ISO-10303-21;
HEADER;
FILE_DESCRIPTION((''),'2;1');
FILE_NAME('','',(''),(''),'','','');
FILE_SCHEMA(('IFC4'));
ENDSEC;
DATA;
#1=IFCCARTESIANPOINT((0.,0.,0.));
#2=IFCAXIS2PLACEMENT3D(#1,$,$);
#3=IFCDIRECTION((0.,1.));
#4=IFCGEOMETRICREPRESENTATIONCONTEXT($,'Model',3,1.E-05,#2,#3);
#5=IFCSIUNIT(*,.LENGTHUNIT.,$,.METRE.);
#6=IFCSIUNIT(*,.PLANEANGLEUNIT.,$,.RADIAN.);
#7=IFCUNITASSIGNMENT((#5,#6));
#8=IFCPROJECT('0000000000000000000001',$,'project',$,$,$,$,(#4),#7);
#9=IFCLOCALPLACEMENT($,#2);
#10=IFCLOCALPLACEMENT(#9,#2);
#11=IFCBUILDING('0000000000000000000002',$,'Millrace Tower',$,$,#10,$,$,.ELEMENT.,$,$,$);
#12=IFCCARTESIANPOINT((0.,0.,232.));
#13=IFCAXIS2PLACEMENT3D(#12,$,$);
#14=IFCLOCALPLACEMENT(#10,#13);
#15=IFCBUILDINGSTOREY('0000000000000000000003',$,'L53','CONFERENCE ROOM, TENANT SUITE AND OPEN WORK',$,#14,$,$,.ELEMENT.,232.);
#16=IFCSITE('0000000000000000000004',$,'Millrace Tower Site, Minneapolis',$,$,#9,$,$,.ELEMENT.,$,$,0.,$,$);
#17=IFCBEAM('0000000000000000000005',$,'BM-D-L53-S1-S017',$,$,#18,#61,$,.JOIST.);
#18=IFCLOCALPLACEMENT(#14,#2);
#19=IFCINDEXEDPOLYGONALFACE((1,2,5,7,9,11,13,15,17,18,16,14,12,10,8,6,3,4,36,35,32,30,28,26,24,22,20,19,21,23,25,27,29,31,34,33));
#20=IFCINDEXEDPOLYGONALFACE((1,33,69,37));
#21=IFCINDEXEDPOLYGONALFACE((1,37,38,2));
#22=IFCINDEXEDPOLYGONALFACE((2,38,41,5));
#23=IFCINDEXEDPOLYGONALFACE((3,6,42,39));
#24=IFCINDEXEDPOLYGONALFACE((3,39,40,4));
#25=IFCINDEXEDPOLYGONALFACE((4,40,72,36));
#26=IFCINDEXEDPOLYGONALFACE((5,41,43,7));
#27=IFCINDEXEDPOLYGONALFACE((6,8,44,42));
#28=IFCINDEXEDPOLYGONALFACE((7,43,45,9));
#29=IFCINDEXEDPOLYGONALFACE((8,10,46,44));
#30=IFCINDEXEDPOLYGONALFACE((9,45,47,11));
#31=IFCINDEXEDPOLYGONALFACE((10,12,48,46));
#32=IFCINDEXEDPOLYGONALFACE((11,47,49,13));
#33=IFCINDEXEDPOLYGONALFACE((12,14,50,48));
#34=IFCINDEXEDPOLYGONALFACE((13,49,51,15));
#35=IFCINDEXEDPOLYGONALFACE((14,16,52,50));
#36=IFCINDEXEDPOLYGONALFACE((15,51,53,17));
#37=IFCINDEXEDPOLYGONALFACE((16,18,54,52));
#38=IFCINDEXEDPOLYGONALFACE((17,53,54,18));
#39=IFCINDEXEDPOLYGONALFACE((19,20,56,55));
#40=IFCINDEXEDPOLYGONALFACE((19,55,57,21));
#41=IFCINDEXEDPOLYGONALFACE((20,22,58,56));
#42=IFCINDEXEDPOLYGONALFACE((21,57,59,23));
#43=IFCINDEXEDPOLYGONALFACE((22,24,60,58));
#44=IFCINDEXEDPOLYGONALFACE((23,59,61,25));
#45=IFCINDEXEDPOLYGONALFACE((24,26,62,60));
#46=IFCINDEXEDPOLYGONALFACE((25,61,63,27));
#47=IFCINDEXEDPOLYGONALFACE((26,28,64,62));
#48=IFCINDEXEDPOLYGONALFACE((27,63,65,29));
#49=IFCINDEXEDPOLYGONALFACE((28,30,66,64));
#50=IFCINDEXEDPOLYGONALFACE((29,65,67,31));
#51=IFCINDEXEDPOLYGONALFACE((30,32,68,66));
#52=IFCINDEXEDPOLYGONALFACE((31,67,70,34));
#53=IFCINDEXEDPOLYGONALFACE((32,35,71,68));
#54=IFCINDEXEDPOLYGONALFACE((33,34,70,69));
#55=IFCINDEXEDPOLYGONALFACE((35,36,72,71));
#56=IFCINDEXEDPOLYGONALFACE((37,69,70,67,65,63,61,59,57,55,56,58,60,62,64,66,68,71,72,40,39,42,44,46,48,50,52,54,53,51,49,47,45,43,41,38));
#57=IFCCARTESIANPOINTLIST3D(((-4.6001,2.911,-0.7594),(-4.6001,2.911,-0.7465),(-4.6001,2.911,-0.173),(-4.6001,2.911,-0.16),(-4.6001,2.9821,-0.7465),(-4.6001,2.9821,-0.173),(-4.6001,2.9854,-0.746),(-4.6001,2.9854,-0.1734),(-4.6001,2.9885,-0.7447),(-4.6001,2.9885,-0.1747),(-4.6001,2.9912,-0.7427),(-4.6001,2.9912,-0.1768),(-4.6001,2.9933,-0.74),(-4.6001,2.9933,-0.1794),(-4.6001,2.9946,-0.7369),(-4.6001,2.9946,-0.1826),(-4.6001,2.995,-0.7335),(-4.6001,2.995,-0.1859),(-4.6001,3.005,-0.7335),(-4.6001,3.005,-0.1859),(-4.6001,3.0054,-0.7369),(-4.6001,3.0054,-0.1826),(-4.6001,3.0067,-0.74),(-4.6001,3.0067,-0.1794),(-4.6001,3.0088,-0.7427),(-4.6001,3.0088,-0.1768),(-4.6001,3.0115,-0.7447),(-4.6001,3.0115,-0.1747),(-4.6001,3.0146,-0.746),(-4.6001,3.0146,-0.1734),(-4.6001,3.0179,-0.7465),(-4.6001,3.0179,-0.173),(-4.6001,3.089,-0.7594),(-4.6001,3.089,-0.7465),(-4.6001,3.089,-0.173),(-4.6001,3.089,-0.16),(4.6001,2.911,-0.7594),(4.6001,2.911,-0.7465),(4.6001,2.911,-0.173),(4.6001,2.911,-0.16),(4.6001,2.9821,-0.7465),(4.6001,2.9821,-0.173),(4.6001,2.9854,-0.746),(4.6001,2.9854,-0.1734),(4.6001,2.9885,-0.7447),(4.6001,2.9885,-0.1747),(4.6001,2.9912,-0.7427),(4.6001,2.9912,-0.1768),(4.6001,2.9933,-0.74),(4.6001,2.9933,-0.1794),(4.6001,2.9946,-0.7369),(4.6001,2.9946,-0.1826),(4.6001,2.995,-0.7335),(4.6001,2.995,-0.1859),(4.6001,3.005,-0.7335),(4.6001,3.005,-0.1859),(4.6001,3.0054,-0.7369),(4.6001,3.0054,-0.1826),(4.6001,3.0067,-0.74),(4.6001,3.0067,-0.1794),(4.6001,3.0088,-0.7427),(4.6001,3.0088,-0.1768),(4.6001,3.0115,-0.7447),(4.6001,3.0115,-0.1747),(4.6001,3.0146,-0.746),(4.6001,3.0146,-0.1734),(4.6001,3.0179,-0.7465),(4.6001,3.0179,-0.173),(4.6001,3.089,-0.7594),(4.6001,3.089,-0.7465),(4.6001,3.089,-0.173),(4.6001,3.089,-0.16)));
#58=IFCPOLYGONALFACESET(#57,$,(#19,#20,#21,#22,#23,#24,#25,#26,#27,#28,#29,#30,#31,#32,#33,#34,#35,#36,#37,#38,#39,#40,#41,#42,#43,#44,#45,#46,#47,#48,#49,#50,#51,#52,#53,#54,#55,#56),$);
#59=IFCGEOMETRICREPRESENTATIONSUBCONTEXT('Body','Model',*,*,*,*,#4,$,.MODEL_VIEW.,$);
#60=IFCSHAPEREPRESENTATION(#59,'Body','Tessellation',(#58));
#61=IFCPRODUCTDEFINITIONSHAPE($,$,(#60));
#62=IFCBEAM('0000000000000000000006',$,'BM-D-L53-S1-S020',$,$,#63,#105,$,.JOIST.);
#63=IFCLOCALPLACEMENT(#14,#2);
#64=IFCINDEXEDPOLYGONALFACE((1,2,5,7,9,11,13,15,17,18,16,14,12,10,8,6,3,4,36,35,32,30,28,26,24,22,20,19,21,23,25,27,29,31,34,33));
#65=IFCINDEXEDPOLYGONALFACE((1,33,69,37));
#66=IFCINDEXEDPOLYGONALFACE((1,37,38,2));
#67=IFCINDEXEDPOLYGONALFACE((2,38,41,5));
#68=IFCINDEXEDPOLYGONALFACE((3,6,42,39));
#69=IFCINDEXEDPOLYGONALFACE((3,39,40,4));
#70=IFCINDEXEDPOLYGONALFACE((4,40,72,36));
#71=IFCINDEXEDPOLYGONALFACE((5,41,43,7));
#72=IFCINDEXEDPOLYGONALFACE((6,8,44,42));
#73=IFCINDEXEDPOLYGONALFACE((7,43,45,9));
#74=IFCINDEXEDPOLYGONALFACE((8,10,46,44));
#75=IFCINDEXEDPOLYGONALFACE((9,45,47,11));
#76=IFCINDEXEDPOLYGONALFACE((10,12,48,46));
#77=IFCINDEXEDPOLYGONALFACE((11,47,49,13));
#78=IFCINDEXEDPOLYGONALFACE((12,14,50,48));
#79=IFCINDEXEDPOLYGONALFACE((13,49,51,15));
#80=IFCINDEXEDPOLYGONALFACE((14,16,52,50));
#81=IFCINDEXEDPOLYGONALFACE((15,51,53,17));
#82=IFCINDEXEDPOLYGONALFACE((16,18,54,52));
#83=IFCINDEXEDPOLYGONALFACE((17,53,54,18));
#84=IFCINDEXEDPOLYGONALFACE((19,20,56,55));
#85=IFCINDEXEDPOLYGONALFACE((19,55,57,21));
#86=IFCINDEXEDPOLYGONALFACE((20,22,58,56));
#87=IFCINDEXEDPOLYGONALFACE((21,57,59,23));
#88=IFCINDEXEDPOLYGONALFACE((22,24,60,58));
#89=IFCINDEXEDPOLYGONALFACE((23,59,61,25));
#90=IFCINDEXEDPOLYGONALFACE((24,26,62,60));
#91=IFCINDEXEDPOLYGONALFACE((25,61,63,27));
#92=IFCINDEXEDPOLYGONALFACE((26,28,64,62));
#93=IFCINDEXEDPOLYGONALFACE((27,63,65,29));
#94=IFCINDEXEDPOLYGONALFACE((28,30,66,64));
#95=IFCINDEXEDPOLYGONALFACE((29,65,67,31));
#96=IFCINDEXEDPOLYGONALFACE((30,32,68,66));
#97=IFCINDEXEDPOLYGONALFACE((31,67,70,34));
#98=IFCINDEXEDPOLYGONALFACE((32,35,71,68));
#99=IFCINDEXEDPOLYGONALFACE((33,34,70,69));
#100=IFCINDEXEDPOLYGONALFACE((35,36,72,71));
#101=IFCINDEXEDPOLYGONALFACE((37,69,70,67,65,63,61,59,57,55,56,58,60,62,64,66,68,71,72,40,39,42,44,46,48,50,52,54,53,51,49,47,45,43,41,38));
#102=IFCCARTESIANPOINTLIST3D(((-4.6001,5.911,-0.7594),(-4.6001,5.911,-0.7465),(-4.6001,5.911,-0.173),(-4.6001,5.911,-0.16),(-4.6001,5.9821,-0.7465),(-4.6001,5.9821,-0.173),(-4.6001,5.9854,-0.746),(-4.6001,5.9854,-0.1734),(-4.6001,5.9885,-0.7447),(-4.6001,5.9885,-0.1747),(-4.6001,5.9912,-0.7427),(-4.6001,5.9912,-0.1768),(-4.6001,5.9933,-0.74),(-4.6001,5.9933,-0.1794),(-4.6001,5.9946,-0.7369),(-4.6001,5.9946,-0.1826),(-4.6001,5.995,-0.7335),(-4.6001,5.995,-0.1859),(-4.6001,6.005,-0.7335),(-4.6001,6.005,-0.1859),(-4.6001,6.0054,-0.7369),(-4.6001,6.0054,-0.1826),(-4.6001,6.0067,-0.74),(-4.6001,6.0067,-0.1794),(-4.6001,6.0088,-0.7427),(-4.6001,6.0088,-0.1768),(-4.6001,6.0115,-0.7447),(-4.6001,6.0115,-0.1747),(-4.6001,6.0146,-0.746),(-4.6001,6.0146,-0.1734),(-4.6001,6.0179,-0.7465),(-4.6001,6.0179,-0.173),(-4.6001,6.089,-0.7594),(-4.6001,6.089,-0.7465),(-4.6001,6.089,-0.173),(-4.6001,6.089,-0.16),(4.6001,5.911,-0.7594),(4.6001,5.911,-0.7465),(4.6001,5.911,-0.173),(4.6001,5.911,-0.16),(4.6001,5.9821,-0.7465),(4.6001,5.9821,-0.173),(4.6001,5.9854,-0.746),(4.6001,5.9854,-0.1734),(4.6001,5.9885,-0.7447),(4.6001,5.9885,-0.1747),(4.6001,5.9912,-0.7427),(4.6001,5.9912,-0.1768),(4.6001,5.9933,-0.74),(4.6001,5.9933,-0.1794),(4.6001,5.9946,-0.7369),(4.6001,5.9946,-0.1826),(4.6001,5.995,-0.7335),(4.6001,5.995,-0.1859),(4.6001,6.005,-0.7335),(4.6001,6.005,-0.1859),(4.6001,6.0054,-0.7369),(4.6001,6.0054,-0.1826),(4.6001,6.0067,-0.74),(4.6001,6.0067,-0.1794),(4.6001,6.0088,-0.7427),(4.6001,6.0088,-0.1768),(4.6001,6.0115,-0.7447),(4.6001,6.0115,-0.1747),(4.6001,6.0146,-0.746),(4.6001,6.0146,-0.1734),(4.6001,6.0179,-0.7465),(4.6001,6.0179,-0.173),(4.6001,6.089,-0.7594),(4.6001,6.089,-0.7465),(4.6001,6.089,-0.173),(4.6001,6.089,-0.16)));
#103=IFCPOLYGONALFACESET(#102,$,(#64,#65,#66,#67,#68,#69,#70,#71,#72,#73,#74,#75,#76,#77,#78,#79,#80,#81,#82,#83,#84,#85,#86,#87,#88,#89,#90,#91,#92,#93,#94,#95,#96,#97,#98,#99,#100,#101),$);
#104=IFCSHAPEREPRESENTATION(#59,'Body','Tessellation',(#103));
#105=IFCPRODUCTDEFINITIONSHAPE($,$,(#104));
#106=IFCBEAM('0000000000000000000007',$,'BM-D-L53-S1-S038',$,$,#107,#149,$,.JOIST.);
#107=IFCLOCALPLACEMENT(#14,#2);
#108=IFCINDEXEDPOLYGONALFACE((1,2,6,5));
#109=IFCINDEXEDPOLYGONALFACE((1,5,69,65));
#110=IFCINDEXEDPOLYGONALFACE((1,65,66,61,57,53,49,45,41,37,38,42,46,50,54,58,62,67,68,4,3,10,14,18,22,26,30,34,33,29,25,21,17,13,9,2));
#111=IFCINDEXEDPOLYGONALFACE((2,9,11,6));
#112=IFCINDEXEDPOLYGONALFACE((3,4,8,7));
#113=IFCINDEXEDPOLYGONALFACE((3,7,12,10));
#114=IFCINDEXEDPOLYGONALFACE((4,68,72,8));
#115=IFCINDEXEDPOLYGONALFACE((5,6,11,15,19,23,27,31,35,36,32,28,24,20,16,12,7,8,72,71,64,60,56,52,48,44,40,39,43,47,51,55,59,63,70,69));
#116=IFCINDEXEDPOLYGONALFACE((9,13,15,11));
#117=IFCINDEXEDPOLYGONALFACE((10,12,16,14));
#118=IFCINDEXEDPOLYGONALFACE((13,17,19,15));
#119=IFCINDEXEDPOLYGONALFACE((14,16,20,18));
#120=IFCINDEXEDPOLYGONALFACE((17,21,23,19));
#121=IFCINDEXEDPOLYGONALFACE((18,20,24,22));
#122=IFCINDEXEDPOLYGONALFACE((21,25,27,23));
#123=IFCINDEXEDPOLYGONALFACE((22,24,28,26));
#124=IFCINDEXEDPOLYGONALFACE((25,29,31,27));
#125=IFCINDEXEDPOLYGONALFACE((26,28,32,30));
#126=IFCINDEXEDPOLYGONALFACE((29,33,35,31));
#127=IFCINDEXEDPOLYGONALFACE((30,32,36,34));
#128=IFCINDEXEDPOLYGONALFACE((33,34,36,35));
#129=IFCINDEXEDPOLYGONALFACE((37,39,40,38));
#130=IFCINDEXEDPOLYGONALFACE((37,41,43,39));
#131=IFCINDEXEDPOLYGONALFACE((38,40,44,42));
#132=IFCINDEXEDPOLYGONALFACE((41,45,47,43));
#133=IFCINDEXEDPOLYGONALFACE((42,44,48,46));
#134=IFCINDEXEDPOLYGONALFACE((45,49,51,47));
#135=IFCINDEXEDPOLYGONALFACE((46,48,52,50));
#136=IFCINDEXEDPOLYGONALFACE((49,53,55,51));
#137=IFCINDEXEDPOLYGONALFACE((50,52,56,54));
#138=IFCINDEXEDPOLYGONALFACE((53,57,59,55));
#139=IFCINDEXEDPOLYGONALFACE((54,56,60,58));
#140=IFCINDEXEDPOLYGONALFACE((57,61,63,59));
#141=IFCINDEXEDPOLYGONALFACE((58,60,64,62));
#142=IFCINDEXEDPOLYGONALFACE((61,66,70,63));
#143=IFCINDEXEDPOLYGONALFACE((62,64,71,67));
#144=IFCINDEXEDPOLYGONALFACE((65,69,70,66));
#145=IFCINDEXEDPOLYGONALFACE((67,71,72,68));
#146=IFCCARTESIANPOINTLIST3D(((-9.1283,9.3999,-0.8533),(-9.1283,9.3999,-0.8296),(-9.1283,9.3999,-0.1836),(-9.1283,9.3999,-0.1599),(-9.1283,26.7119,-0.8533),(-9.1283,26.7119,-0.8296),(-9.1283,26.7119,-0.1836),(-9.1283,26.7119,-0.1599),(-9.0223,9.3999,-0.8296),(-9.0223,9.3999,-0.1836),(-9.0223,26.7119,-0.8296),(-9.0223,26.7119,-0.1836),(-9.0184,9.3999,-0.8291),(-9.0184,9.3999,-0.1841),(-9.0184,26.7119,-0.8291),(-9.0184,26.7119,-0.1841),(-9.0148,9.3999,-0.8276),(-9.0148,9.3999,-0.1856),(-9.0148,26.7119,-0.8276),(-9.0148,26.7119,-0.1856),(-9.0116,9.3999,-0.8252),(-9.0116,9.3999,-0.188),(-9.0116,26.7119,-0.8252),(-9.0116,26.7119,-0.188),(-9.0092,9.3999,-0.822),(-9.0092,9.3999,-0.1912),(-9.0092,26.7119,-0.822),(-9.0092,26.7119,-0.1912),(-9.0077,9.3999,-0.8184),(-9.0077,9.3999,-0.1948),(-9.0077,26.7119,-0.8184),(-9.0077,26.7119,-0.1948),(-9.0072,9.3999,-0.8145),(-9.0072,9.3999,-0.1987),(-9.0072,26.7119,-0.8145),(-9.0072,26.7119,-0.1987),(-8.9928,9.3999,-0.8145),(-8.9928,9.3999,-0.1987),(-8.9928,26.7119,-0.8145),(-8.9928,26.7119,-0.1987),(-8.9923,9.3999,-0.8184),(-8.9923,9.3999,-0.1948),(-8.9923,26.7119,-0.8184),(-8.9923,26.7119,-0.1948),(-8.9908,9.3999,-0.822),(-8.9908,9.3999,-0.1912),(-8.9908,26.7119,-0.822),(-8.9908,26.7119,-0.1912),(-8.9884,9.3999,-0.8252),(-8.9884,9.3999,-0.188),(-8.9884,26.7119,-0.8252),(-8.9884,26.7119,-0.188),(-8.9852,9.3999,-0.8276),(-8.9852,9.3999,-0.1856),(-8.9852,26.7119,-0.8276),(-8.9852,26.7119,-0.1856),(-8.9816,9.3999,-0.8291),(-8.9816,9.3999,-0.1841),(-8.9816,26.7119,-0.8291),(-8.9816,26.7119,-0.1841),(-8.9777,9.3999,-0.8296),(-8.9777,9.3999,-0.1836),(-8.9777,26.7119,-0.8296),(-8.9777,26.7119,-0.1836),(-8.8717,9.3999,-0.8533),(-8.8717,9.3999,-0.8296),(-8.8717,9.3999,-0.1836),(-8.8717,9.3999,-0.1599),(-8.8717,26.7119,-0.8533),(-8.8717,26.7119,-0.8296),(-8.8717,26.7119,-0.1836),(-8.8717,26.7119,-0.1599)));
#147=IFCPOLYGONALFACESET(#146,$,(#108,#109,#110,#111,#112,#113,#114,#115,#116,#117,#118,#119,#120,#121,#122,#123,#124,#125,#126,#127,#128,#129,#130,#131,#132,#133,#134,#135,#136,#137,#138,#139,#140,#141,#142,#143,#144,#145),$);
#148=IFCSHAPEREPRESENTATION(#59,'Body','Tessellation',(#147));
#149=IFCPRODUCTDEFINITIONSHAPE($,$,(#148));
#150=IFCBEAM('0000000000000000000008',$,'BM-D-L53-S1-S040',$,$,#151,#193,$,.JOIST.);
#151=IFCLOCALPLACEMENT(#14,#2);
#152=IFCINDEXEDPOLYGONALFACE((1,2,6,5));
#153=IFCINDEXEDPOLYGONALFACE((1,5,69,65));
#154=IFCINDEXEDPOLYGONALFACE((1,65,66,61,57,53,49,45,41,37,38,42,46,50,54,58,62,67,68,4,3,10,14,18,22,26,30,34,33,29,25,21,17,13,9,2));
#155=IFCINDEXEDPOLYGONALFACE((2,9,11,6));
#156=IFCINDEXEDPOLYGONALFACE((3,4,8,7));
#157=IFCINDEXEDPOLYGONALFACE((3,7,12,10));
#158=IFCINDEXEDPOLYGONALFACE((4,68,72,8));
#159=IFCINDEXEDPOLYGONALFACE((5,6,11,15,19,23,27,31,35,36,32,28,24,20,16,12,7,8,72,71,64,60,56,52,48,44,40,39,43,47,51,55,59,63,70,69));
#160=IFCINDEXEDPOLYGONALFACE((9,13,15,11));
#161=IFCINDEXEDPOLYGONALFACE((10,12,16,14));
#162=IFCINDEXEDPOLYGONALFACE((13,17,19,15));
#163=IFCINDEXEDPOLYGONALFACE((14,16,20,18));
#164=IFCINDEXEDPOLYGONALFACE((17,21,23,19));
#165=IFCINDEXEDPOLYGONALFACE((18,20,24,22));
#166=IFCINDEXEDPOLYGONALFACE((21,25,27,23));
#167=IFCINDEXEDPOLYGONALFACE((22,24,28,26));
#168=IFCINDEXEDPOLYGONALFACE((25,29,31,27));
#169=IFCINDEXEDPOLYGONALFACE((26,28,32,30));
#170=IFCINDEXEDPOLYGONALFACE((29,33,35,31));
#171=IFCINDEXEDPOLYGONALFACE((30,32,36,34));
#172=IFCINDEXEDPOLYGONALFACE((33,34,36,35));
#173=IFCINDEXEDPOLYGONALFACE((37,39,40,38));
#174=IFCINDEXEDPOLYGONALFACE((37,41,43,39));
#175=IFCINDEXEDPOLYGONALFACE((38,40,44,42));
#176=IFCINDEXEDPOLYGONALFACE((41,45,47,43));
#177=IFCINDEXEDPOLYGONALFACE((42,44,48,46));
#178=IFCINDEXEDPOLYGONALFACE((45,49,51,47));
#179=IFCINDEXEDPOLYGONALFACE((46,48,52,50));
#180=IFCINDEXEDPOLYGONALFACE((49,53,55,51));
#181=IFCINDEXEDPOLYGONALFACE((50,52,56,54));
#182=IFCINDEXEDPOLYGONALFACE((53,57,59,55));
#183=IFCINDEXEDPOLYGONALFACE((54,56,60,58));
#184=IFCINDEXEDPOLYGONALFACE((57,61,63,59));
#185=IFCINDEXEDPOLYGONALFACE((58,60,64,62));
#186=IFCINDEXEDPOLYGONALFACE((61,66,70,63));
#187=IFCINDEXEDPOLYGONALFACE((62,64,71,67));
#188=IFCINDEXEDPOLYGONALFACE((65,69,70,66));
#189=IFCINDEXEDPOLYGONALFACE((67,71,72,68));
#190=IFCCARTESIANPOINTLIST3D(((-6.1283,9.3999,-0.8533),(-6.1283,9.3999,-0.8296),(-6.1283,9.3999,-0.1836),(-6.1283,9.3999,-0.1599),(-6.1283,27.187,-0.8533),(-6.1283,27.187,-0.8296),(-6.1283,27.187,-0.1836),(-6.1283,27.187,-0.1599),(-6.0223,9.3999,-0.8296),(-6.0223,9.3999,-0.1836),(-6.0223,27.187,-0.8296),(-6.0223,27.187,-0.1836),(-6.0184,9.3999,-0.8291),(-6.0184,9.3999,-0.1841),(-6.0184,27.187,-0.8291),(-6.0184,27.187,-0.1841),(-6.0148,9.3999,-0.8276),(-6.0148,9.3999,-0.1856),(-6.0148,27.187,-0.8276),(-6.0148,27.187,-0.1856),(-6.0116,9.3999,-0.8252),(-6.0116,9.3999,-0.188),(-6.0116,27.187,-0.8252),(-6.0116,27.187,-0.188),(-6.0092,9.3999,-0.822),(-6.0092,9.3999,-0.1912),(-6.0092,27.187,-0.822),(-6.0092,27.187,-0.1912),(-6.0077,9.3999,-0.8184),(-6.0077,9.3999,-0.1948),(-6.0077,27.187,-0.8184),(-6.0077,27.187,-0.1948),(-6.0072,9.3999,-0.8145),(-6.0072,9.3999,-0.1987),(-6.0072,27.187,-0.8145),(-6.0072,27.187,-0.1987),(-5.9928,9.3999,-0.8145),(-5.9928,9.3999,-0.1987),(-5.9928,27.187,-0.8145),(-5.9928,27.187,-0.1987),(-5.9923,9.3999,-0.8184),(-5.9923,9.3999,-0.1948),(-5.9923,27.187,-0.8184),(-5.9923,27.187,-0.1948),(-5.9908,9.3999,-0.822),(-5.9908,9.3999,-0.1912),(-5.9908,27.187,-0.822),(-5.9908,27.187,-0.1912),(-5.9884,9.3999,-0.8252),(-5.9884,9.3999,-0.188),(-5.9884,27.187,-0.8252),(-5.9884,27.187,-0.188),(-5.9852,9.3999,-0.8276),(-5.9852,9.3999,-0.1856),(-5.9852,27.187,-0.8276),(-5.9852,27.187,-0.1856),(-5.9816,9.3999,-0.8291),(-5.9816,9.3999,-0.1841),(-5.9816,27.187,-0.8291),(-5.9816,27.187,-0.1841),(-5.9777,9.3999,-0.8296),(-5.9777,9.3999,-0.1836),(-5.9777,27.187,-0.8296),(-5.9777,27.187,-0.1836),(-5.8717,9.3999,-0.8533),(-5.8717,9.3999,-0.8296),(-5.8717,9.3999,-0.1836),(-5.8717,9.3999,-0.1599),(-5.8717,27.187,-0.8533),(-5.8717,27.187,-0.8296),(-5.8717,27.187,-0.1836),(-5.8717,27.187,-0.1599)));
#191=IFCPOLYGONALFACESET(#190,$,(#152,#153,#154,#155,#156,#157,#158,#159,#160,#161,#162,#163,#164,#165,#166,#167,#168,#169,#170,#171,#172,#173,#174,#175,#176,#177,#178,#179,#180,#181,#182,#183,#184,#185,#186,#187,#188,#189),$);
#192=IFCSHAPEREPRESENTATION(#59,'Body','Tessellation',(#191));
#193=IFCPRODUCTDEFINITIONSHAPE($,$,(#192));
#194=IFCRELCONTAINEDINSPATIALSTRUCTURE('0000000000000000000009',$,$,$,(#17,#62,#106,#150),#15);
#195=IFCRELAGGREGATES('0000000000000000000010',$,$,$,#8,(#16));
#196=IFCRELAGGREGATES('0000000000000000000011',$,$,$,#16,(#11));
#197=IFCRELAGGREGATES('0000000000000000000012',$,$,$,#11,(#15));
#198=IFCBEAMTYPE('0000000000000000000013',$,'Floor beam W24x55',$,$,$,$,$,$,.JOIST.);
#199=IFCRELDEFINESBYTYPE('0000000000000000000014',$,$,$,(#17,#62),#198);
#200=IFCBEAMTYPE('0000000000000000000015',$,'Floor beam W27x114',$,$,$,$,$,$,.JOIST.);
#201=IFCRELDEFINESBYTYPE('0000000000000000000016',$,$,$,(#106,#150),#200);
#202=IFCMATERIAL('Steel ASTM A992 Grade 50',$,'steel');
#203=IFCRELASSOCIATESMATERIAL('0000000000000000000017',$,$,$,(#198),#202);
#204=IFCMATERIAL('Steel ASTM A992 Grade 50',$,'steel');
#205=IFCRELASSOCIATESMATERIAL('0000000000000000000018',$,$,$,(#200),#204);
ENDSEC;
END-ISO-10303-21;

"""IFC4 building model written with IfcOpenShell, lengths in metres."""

from ifc_helpers import new_model, si_unit, direction, frame, origin, origin_2d, place, context, subcontext, project, spatial, i_section, extrude, material, material_profile, profile_set, type_object, element, save


model = new_model("IFC4")

# Units and contexts
model_context = context("Model", 3, precision=1e-05, world=origin(), true_north=direction((0.0, 1.0)))
body_context = subcontext(model_context, "Body", "Model", "MODEL_VIEW")
ifc_project = project(units=[si_unit("LENGTHUNIT", "METRE"), si_unit("PLANEANGLEUNIT", "RADIAN")], contexts=[model_context])

# Site, building, storey
site_placement = place(None, origin())
site = spatial("IfcSite", under=ifc_project, at=site_placement, Name="Millrace Tower Site, Minneapolis", CompositionType="ELEMENT", RefElevation=0.0)
building_placement = place(site_placement, origin())
building = spatial("IfcBuilding", under=site, at=building_placement, Name="Millrace Tower", CompositionType="ELEMENT")
storey_placement = place(building_placement, frame((0.0, 0.0, 232.0)))
storey = spatial("IfcBuildingStorey", under=building, at=storey_placement, Name="L53", Description="CONFERENCE ROOM, TENANT SUITE AND OPEN WORK", CompositionType="ELEMENT", Elevation=232.0)

# Beams
ifc_material_1 = material(Name="Steel ASTM A992 Grade 50", Category="steel")
ifc_material_profile_1 = material_profile(ifc_material_1, i_section(OverallWidth=0.178, OverallDepth=0.5994, WebThickness=0.01, FlangeThickness=0.0129, FilletRadius=0.0129, at=origin_2d()))
ifc_profile_set_1 = profile_set([ifc_material_profile_1], Name="Steel ASTM A992 Grade 50")
beam_type_1 = type_object("IfcBeamType", Name="Floor beam W24x55", PredefinedType="JOIST", material=ifc_profile_set_1)
for number, where, z_axis, x_axis, name in (
    (1, (-4.6001, 3.0, -0.4597), (1.0, 0.0, 0.0), (0.0, 1.0, 0.0), "BM-D-L53-S1-S017"),
    (2, (-4.6001, 6.0, -0.4597), (1.0, 0.0, 0.0), (0.0, 1.0, 0.0), "BM-D-L53-S1-S020"),
):
    element("IfcBeam", number, at=place(storey_placement, frame(where, z_axis=z_axis, x_axis=x_axis)), inside=storey, type_object=beam_type_1, Name=name, PredefinedType="JOIST", context=body_context, shape_type="SweptSolid", body=[
        extrude(i_section(OverallWidth=0.178, OverallDepth=0.5994, WebThickness=0.01, FlangeThickness=0.0129, FilletRadius=0.0129, at=origin_2d()), origin(), (0.0, 0.0, 1.0), 9.2002),
    ])
ifc_material_2 = material(Name="Steel ASTM A992 Grade 50", Category="steel")
ifc_material_profile_2 = material_profile(ifc_material_2, i_section(OverallWidth=0.2566, OverallDepth=0.6934, WebThickness=0.0144, FlangeThickness=0.0237, FilletRadius=0.0151, at=origin_2d()))
ifc_profile_set_2 = profile_set([ifc_material_profile_2], Name="Steel ASTM A992 Grade 50")
beam_type_2 = type_object("IfcBeamType", Name="Floor beam W27x114", PredefinedType="JOIST", material=ifc_profile_set_2)
beam_1_placement = place(storey_placement, frame((-9.0, 9.3999, -0.5066), z_axis=(0.0, 1.0, 0.0), x_axis=(-1.0, 0.0, 0.0)))
element("IfcBeam", 3, at=beam_1_placement, inside=storey, type_object=beam_type_2, Name="BM-D-L53-S1-S038", PredefinedType="JOIST", context=body_context, shape_type="SweptSolid", body=[
    extrude(i_section(OverallWidth=0.2566, OverallDepth=0.6934, WebThickness=0.0144, FlangeThickness=0.0237, FilletRadius=0.0151, at=origin_2d()), origin(), (0.0, 0.0, 1.0), 17.312),
])
beam_2_placement = place(storey_placement, frame((-6.0, 9.3999, -0.5066), z_axis=(0.0, 1.0, 0.0), x_axis=(-1.0, 0.0, 0.0)))
element("IfcBeam", 4, at=beam_2_placement, inside=storey, type_object=beam_type_2, Name="BM-D-L53-S1-S040", PredefinedType="JOIST", context=body_context, shape_type="SweptSolid", body=[
    extrude(i_section(OverallWidth=0.2566, OverallDepth=0.6934, WebThickness=0.0144, FlangeThickness=0.0237, FilletRadius=0.0151, at=origin_2d()), origin(), (0.0, 0.0, 1.0), 17.7871),
])

save(model, "model.ifc")
